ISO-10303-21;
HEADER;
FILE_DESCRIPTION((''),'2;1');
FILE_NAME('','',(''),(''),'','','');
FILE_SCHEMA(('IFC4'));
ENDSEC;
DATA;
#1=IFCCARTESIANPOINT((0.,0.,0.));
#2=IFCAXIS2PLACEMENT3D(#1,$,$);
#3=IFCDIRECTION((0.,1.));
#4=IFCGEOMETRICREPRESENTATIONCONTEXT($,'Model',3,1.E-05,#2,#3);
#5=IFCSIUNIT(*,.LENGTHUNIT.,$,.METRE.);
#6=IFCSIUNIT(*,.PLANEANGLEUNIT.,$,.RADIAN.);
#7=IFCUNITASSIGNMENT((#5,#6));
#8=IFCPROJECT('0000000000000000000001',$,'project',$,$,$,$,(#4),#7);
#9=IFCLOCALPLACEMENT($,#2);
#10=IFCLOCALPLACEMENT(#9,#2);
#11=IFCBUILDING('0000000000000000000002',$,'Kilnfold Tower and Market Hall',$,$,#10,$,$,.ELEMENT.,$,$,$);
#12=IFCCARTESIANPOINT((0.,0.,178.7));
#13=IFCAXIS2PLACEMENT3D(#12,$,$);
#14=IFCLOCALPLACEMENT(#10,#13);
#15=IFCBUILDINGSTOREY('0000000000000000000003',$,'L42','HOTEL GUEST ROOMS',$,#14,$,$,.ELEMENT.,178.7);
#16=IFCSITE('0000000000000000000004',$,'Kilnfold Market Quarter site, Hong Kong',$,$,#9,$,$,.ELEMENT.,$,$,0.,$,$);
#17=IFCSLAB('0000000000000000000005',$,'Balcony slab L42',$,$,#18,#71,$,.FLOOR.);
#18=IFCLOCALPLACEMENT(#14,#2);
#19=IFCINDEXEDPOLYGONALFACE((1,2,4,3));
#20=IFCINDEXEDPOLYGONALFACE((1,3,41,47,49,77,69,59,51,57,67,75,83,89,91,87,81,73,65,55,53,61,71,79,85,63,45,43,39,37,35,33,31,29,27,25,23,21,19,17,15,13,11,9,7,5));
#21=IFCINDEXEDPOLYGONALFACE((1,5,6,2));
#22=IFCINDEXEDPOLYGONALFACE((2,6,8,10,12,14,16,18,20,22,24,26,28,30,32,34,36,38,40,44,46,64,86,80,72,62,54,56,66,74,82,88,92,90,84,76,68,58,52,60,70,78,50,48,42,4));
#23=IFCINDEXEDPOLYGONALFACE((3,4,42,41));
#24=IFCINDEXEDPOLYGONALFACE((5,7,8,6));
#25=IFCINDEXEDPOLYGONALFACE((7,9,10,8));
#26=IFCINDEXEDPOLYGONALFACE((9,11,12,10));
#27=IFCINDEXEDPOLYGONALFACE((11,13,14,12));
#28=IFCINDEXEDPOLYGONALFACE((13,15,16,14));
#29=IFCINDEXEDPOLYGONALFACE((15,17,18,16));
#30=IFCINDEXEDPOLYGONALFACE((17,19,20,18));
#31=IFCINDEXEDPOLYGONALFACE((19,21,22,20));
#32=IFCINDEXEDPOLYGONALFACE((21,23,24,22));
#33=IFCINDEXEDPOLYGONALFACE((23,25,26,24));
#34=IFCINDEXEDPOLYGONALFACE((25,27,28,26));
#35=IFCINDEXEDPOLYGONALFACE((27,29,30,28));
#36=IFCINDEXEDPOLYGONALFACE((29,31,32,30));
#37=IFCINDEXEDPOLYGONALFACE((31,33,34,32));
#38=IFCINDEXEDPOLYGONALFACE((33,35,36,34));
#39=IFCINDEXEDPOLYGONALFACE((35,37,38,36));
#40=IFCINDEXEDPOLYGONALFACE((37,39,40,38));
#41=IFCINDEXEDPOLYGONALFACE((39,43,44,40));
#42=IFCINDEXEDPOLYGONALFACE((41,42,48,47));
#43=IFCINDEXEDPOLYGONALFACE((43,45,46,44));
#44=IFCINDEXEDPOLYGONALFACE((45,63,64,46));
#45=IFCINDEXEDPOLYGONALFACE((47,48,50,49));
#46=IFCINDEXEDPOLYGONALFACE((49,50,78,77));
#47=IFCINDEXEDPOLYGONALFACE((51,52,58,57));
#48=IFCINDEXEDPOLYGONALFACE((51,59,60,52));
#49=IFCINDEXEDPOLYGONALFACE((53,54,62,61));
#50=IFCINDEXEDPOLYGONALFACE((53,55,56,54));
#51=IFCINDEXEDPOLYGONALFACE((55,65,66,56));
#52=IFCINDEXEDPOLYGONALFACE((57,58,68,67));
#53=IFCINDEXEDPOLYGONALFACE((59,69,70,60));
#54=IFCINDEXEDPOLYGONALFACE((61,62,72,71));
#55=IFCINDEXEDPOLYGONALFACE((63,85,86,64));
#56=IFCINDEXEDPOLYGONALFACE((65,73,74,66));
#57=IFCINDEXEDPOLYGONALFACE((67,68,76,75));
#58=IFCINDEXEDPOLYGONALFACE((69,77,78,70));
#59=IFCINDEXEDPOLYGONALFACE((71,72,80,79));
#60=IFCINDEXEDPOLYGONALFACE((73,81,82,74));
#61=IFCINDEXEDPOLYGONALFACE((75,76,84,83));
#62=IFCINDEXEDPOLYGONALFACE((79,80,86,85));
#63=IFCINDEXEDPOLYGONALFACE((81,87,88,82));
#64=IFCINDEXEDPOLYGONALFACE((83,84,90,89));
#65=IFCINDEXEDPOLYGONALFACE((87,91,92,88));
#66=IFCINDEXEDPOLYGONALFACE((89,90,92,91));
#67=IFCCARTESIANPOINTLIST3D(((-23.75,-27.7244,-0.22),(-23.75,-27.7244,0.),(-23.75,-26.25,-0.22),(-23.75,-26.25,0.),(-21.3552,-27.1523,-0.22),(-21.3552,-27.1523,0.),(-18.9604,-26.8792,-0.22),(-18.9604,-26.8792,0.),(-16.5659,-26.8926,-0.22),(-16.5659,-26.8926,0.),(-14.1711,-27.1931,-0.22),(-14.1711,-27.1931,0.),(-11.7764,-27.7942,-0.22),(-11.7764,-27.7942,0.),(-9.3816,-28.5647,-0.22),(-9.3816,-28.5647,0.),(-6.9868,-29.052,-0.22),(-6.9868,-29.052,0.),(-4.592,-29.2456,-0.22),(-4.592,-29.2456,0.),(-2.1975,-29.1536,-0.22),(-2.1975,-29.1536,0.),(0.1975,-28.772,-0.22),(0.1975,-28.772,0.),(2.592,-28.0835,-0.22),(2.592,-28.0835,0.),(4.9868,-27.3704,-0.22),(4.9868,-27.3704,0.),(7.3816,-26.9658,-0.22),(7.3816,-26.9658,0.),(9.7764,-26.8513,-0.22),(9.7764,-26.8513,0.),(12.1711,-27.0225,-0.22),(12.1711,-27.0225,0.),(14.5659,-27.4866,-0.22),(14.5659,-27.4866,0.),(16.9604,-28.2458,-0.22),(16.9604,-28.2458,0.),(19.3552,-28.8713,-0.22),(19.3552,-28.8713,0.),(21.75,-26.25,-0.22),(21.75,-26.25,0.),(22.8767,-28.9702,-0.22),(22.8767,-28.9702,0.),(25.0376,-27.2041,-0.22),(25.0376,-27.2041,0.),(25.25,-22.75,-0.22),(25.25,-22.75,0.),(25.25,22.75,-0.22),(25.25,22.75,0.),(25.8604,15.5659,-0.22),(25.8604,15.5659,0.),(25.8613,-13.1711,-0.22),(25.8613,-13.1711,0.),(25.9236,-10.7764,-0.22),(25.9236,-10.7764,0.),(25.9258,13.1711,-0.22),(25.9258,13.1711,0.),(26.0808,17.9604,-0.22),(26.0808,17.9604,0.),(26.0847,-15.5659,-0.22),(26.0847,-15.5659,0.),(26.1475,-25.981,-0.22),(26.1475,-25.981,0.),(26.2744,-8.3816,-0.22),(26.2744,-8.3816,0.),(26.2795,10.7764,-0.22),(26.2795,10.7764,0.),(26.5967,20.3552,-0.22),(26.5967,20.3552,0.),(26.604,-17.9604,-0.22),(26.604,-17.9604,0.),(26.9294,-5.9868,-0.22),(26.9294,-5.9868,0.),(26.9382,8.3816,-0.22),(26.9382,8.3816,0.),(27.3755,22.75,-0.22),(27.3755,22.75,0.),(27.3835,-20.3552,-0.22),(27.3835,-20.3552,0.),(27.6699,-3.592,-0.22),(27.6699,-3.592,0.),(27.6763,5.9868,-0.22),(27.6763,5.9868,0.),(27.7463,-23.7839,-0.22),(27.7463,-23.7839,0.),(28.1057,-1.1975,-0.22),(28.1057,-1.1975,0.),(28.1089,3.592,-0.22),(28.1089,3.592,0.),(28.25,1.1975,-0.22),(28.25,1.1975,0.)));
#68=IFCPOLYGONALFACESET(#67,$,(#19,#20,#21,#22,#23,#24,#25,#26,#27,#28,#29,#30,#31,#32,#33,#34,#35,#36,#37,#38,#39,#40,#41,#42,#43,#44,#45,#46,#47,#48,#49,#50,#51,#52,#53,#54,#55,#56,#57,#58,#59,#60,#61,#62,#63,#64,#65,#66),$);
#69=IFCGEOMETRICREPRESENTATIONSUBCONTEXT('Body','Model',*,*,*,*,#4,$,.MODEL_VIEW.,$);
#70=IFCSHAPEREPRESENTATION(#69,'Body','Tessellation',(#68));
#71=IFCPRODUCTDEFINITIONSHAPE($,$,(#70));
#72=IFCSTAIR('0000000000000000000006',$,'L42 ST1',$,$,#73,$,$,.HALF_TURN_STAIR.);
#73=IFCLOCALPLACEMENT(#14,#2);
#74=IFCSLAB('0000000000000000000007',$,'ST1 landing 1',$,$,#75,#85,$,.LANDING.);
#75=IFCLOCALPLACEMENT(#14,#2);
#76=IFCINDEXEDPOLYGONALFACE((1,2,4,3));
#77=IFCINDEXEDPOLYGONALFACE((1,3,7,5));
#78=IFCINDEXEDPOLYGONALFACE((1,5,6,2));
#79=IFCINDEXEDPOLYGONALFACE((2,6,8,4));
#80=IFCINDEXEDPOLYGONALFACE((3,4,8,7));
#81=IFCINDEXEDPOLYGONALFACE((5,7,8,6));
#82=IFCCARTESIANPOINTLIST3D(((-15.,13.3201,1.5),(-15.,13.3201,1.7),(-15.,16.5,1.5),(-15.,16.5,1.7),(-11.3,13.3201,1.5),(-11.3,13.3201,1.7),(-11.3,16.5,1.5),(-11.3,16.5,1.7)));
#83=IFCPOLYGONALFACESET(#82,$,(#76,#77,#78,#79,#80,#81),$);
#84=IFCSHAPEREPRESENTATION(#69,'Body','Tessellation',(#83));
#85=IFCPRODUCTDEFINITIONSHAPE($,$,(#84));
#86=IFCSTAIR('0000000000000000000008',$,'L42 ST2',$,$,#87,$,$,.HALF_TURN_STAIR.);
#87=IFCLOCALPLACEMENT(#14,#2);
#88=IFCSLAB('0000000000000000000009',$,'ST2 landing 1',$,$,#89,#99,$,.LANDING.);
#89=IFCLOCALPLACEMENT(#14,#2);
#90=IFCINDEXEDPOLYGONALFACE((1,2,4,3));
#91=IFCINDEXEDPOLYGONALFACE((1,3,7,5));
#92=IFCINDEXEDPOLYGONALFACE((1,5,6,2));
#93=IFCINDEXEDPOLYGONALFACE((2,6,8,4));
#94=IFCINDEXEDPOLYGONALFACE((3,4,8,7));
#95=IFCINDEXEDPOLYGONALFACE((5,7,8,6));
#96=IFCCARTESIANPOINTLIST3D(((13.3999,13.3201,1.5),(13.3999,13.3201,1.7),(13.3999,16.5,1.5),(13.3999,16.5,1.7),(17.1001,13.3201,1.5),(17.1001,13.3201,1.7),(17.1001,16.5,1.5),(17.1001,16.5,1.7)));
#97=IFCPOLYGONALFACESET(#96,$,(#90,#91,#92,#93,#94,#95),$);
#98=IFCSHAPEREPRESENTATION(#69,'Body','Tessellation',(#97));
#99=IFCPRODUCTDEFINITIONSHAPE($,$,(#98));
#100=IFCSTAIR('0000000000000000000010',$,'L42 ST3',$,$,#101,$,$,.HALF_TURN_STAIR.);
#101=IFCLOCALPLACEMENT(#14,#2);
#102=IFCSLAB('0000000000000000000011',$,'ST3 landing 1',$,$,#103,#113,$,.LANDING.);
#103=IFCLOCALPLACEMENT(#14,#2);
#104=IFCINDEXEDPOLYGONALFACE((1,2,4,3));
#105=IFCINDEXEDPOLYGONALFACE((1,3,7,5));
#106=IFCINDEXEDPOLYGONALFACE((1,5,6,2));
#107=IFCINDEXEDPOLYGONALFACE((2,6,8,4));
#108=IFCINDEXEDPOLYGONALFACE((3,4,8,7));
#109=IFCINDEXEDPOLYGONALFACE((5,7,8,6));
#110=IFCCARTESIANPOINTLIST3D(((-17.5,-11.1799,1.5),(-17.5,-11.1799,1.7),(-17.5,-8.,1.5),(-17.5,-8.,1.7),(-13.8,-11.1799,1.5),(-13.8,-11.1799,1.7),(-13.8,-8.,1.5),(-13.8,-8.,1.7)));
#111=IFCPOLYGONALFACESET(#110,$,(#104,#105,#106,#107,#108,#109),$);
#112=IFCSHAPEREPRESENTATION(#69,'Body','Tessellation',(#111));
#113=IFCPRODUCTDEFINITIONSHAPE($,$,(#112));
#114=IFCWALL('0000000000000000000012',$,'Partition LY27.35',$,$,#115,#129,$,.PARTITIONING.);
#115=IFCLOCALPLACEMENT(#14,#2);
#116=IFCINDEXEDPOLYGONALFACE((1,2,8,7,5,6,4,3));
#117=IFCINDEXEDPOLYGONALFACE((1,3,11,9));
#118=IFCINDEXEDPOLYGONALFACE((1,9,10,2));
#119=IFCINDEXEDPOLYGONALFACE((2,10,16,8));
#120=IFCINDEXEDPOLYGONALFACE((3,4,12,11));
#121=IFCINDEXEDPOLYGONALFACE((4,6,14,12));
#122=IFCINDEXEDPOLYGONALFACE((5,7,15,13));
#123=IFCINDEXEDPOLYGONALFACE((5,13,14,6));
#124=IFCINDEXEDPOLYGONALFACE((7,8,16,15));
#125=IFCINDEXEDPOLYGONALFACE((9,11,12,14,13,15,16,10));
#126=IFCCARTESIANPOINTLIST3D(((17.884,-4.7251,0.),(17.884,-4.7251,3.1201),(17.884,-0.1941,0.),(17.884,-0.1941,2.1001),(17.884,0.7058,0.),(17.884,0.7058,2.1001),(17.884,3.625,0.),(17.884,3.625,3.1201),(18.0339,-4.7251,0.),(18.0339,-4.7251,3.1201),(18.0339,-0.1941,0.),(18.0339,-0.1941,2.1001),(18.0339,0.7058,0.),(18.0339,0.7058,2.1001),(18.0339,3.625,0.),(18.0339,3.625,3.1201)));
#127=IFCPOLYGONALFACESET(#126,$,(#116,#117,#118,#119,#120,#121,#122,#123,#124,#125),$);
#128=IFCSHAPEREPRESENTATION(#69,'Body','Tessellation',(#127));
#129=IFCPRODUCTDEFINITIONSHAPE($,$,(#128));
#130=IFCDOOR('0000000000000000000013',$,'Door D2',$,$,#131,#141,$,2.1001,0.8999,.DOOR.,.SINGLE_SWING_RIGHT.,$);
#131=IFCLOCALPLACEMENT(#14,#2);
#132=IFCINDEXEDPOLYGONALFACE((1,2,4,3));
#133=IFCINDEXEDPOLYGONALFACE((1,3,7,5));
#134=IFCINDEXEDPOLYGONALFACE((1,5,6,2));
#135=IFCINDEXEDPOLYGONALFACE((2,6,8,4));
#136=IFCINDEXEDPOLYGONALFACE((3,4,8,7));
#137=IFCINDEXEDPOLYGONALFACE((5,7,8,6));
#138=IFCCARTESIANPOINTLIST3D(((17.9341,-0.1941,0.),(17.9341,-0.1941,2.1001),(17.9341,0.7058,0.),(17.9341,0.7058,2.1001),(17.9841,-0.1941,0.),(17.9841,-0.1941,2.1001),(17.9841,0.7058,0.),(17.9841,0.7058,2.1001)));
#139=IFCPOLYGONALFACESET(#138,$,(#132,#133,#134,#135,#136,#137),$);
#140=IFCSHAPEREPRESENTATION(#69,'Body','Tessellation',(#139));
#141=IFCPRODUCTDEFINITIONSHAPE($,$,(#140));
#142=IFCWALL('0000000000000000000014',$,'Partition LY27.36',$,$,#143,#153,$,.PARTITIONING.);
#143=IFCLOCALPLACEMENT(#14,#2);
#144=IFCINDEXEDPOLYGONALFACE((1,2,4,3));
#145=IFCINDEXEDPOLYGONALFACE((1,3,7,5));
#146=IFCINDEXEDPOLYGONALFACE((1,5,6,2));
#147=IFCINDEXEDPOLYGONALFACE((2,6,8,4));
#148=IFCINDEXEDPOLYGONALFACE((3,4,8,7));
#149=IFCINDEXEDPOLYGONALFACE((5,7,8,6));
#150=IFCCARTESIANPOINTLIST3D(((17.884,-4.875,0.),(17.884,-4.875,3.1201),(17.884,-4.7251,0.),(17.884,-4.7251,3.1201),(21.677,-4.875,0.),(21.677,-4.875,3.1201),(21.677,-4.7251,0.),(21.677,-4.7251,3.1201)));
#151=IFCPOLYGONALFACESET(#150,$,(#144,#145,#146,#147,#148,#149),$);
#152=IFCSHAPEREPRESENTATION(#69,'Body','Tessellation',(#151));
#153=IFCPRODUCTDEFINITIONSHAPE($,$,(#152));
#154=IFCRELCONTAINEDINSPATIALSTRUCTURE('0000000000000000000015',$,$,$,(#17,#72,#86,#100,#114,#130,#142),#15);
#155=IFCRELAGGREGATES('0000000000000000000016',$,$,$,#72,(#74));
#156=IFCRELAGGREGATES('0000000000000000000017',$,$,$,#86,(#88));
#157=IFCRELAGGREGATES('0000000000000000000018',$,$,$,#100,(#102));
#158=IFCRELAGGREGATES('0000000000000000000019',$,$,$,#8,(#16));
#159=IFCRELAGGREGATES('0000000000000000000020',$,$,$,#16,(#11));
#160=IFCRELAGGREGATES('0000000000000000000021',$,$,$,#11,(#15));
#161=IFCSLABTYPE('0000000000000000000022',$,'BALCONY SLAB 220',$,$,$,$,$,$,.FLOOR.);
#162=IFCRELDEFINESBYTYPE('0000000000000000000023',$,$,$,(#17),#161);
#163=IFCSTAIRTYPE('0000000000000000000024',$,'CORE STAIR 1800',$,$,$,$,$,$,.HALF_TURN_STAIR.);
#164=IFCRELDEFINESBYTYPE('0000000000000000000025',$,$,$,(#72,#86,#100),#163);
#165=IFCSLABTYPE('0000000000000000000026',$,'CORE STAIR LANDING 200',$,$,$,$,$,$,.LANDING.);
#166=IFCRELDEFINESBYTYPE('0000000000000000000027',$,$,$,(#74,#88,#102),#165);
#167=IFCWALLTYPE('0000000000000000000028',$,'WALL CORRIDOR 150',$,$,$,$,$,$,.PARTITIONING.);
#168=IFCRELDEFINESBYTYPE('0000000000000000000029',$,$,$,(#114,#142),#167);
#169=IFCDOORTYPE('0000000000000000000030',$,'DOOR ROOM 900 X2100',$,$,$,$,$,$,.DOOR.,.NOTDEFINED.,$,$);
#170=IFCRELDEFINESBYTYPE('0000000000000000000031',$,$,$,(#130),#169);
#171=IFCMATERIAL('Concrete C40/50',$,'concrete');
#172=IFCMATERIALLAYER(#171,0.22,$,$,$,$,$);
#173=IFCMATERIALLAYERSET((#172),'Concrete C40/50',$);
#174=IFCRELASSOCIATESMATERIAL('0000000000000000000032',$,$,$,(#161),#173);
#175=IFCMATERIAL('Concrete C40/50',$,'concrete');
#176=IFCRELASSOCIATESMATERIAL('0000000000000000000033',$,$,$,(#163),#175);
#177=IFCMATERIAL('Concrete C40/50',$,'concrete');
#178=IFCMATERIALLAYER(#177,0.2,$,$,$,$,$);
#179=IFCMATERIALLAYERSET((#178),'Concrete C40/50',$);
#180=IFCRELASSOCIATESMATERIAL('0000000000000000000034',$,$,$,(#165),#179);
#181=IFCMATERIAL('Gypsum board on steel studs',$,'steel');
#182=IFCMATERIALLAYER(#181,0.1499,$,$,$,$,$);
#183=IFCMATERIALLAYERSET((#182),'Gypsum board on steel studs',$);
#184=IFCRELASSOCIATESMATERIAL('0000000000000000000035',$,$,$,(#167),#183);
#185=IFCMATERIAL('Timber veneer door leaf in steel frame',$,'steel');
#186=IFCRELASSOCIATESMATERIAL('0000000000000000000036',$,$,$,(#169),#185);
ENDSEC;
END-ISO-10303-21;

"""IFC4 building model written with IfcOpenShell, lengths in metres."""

from ifc_helpers import new_model, si_unit, direction, frame, frame_2d, origin, place, context, subcontext, project, spatial, polyline, rectangle, outline, extrude, source, transform, mapped, material, layer, layer_set, type_object, element, fill, aggregate, save


model = new_model("IFC4")

# Units and contexts
model_context = context("Model", 3, precision=1e-05, world=origin(), true_north=direction((0.0, 1.0)))
body_context = subcontext(model_context, "Body", "Model", "MODEL_VIEW")
ifc_project = project(units=[si_unit("LENGTHUNIT", "METRE"), si_unit("PLANEANGLEUNIT", "RADIAN")], contexts=[model_context])

# Site, building, storey
site_placement = place(None, origin())
site = spatial("IfcSite", under=ifc_project, at=site_placement, Name="Kilnfold Market Quarter site, Hong Kong", CompositionType="ELEMENT", RefElevation=0.0)
building_placement = place(site_placement, origin())
building = spatial("IfcBuilding", under=site, at=building_placement, Name="Kilnfold Tower and Market Hall", CompositionType="ELEMENT")
storey_placement = place(building_placement, frame((0.0, 0.0, 178.7)))
storey = spatial("IfcBuildingStorey", under=building, at=storey_placement, Name="L42", Description="HOTEL GUEST ROOMS", CompositionType="ELEMENT", Elevation=178.7)

# Slab
ifc_material_1 = material(Name="Concrete C40/50", Category="concrete")
ifc_layer_1 = layer(ifc_material_1, 0.22)
ifc_layer_set_1 = layer_set([ifc_layer_1], Name="Concrete C40/50")
slab_type_1 = type_object("IfcSlabType", Name="BALCONY SLAB 220", PredefinedType="FLOOR", material=ifc_layer_set_1)
shared_shape_1 = source(origin(), body_context, "Body", "SweptSolid", [
    extrude(outline(polyline([(-23.75, -26.25), (21.75, -26.25), (25.25, -22.75), (25.25, 22.75), (27.3755, 22.75), (26.5967, 20.3552), (26.0808, 17.9604), (25.8604, 15.5659), (25.9258, 13.1711), (26.2795, 10.7764), (26.9382, 8.3816), (27.6763, 5.9868), (28.1089, 3.592), (28.25, 1.1975), (28.1057, -1.1975), (27.6699, -3.592), (26.9294, -5.9868), (26.2744, -8.3816), (25.9236, -10.7764), (25.8613, -13.1711), (26.0847, -15.5659), (26.604, -17.9604), (27.3835, -20.3552), (27.7463, -23.7839), (26.1475, -25.981), (25.0376, -27.2041), (22.8767, -28.9702), (19.3552, -28.8713), (16.9604, -28.2458), (14.5659, -27.4866), (12.1711, -27.0225), (9.7764, -26.8513), (7.3816, -26.9658), (4.9868, -27.3704), (2.592, -28.0835), (0.1975, -28.772), (-2.1975, -29.1536), (-4.592, -29.2456), (-6.9868, -29.052), (-9.3816, -28.5647), (-11.7764, -27.7942), (-14.1711, -27.1931), (-16.5659, -26.8926), (-18.9604, -26.8792), (-21.3552, -27.1523), (-23.75, -27.7244), (-23.75, -26.25)])), origin(), (0.0, 0.0, 1.0), 0.22),
])
slab_1_placement = place(storey_placement, frame((0.0, 0.0, -0.22)))
element("IfcSlab", 1, at=slab_1_placement, inside=storey, type_object=slab_type_1, Name="Balcony slab L42", PredefinedType="FLOOR", context=body_context, shape_type="MappedRepresentation", body=[
    mapped(shared_shape_1, transform((0.0, 0.0, 0.0))),
])

# Stairs, slabs
ifc_material_2 = material(Name="Concrete C40/50", Category="concrete")
stair_type = type_object("IfcStairType", Name="CORE STAIR 1800", PredefinedType="HALF_TURN_STAIR", material=ifc_material_2)
stair_1_placement = place(storey_placement, origin())
stair_1 = element("IfcStair", 2, at=stair_1_placement, inside=storey, type_object=stair_type, Name="L42 ST1", PredefinedType="HALF_TURN_STAIR")
ifc_material_3 = material(Name="Concrete C40/50", Category="concrete")
ifc_layer_2 = layer(ifc_material_3, 0.2)
ifc_layer_set_2 = layer_set([ifc_layer_2], Name="Concrete C40/50")
slab_type_2 = type_object("IfcSlabType", Name="CORE STAIR LANDING 200", PredefinedType="LANDING", material=ifc_layer_set_2)
shared_shape_2 = source(origin(), body_context, "Body", "SweptSolid", [
    extrude(outline(polyline([(-11.3, 13.3201), (-11.3, 16.5), (-15.0, 16.5), (-15.0, 13.3201), (-11.3, 13.3201)])), origin(), (0.0, 0.0, 1.0), 0.2),
])
slab_2_placement = place(storey_placement, frame((0.0, 0.0, 1.5)))
slab_2 = element("IfcSlab", 3, at=slab_2_placement, type_object=slab_type_2, Name="ST1 landing 1", PredefinedType="LANDING", context=body_context, shape_type="MappedRepresentation", body=[
    mapped(shared_shape_2, transform((0.0, 0.0, 0.0))),
])
aggregate(stair_1, [slab_2])
stair_2_placement = place(storey_placement, origin())
stair_2 = element("IfcStair", 4, at=stair_2_placement, inside=storey, type_object=stair_type, Name="L42 ST2", PredefinedType="HALF_TURN_STAIR")
shared_shape_3 = source(origin(), body_context, "Body", "SweptSolid", [
    extrude(outline(polyline([(17.1001, 13.3201), (17.1001, 16.5), (13.3999, 16.5), (13.3999, 13.3201), (17.1001, 13.3201)])), origin(), (0.0, 0.0, 1.0), 0.2),
])
slab_3_placement = place(storey_placement, frame((0.0, 0.0, 1.5)))
slab_3 = element("IfcSlab", 5, at=slab_3_placement, type_object=slab_type_2, Name="ST2 landing 1", PredefinedType="LANDING", context=body_context, shape_type="MappedRepresentation", body=[
    mapped(shared_shape_3, transform((0.0, 0.0, 0.0))),
])
aggregate(stair_2, [slab_3])
stair_3_placement = place(storey_placement, origin())
stair_3 = element("IfcStair", 6, at=stair_3_placement, inside=storey, type_object=stair_type, Name="L42 ST3", PredefinedType="HALF_TURN_STAIR")
shared_shape_4 = source(origin(), body_context, "Body", "SweptSolid", [
    extrude(outline(polyline([(-13.8, -11.1799), (-13.8, -8.0), (-17.5, -8.0), (-17.5, -11.1799), (-13.8, -11.1799)])), origin(), (0.0, 0.0, 1.0), 0.2),
])
slab_4_placement = place(storey_placement, frame((0.0, 0.0, 1.5)))
slab_4 = element("IfcSlab", 7, at=slab_4_placement, type_object=slab_type_2, Name="ST3 landing 1", PredefinedType="LANDING", context=body_context, shape_type="MappedRepresentation", body=[
    mapped(shared_shape_4, transform((0.0, 0.0, 0.0))),
])
aggregate(stair_3, [slab_4])

# Wall, opening, door
ifc_material_4 = material(Name="Gypsum board on steel studs", Category="steel")
ifc_layer_3 = layer(ifc_material_4, 0.1499)
ifc_layer_set_3 = layer_set([ifc_layer_3], Name="Gypsum board on steel studs")
wall_type_1 = type_object("IfcWallType", Name="WALL CORRIDOR 150", PredefinedType="PARTITIONING", material=ifc_layer_set_3)
wall_1_placement = place(storey_placement, frame((17.959, -4.7251, 0.0), z_axis=(0.0, 0.0, 1.0), x_axis=(0.0, 1.0, 0.0)))
wall_1 = element("IfcWall", 8, at=wall_1_placement, inside=storey, type_object=wall_type_1, Name="Partition LY27.35", PredefinedType="PARTITIONING", context=body_context, shape_type="SweptSolid", body=[
    extrude(rectangle(XDim=8.3501, YDim=0.1499, at=frame_2d((4.175, 0.0))), origin(), (0.0, 0.0, 1.0), 3.1201),
])
opening_1_placement = place(wall_1_placement, frame((4.531, 0.0, 0.0)))
opening_1 = element("IfcOpeningElement", 9, at=opening_1_placement, cuts=wall_1, PredefinedType="OPENING", context=body_context, shape_type="SweptSolid", body=[
    extrude(rectangle(XDim=0.8999, YDim=2.1001, at=frame_2d((0.45, 1.05))), frame((0.0, 0.085, 0.0), z_axis=(0.0, -1.0, 0.0), x_axis=(1.0, 0.0, 0.0)), (0.0, 0.0, 1.0), 0.1699),
])
ifc_material_5 = material(Name="Timber veneer door leaf in steel frame", Category="steel")
door_type_1 = type_object("IfcDoorType", Name="DOOR ROOM 900 X2100", OperationType="NOTDEFINED", PredefinedType="DOOR", material=ifc_material_5)
door_1_placement = place(opening_1_placement, origin())
door_1 = element("IfcDoor", 10, at=door_1_placement, inside=storey, type_object=door_type_1, Name="Door D2", OperationType="SINGLE_SWING_RIGHT", OverallHeight=2.1001, OverallWidth=0.8999, PredefinedType="DOOR", context=body_context, shape_type="SweptSolid", body=[
    extrude(rectangle(XDim=0.8999, YDim=2.1001, at=frame_2d((0.45, 1.05))), frame((0.0, 0.0249, 0.0), z_axis=(0.0, -1.0, 0.0), x_axis=(1.0, 0.0, 0.0)), (0.0, 0.0, 1.0), 0.05),
])
fill(opening_1, door_1)

# Wall
wall_2_placement = place(storey_placement, frame((17.884, -4.8, 0.0), z_axis=(0.0, 0.0, 1.0), x_axis=(1.0, 0.0, 0.0)))
element("IfcWall", 11, at=wall_2_placement, inside=storey, type_object=wall_type_1, Name="Partition LY27.36", PredefinedType="PARTITIONING", context=body_context, shape_type="SweptSolid", body=[
    extrude(rectangle(XDim=3.793, YDim=0.1499, at=frame_2d((1.8965, 0.0))), origin(), (0.0, 0.0, 1.0), 3.1201),
])

save(model, "model.ifc")
